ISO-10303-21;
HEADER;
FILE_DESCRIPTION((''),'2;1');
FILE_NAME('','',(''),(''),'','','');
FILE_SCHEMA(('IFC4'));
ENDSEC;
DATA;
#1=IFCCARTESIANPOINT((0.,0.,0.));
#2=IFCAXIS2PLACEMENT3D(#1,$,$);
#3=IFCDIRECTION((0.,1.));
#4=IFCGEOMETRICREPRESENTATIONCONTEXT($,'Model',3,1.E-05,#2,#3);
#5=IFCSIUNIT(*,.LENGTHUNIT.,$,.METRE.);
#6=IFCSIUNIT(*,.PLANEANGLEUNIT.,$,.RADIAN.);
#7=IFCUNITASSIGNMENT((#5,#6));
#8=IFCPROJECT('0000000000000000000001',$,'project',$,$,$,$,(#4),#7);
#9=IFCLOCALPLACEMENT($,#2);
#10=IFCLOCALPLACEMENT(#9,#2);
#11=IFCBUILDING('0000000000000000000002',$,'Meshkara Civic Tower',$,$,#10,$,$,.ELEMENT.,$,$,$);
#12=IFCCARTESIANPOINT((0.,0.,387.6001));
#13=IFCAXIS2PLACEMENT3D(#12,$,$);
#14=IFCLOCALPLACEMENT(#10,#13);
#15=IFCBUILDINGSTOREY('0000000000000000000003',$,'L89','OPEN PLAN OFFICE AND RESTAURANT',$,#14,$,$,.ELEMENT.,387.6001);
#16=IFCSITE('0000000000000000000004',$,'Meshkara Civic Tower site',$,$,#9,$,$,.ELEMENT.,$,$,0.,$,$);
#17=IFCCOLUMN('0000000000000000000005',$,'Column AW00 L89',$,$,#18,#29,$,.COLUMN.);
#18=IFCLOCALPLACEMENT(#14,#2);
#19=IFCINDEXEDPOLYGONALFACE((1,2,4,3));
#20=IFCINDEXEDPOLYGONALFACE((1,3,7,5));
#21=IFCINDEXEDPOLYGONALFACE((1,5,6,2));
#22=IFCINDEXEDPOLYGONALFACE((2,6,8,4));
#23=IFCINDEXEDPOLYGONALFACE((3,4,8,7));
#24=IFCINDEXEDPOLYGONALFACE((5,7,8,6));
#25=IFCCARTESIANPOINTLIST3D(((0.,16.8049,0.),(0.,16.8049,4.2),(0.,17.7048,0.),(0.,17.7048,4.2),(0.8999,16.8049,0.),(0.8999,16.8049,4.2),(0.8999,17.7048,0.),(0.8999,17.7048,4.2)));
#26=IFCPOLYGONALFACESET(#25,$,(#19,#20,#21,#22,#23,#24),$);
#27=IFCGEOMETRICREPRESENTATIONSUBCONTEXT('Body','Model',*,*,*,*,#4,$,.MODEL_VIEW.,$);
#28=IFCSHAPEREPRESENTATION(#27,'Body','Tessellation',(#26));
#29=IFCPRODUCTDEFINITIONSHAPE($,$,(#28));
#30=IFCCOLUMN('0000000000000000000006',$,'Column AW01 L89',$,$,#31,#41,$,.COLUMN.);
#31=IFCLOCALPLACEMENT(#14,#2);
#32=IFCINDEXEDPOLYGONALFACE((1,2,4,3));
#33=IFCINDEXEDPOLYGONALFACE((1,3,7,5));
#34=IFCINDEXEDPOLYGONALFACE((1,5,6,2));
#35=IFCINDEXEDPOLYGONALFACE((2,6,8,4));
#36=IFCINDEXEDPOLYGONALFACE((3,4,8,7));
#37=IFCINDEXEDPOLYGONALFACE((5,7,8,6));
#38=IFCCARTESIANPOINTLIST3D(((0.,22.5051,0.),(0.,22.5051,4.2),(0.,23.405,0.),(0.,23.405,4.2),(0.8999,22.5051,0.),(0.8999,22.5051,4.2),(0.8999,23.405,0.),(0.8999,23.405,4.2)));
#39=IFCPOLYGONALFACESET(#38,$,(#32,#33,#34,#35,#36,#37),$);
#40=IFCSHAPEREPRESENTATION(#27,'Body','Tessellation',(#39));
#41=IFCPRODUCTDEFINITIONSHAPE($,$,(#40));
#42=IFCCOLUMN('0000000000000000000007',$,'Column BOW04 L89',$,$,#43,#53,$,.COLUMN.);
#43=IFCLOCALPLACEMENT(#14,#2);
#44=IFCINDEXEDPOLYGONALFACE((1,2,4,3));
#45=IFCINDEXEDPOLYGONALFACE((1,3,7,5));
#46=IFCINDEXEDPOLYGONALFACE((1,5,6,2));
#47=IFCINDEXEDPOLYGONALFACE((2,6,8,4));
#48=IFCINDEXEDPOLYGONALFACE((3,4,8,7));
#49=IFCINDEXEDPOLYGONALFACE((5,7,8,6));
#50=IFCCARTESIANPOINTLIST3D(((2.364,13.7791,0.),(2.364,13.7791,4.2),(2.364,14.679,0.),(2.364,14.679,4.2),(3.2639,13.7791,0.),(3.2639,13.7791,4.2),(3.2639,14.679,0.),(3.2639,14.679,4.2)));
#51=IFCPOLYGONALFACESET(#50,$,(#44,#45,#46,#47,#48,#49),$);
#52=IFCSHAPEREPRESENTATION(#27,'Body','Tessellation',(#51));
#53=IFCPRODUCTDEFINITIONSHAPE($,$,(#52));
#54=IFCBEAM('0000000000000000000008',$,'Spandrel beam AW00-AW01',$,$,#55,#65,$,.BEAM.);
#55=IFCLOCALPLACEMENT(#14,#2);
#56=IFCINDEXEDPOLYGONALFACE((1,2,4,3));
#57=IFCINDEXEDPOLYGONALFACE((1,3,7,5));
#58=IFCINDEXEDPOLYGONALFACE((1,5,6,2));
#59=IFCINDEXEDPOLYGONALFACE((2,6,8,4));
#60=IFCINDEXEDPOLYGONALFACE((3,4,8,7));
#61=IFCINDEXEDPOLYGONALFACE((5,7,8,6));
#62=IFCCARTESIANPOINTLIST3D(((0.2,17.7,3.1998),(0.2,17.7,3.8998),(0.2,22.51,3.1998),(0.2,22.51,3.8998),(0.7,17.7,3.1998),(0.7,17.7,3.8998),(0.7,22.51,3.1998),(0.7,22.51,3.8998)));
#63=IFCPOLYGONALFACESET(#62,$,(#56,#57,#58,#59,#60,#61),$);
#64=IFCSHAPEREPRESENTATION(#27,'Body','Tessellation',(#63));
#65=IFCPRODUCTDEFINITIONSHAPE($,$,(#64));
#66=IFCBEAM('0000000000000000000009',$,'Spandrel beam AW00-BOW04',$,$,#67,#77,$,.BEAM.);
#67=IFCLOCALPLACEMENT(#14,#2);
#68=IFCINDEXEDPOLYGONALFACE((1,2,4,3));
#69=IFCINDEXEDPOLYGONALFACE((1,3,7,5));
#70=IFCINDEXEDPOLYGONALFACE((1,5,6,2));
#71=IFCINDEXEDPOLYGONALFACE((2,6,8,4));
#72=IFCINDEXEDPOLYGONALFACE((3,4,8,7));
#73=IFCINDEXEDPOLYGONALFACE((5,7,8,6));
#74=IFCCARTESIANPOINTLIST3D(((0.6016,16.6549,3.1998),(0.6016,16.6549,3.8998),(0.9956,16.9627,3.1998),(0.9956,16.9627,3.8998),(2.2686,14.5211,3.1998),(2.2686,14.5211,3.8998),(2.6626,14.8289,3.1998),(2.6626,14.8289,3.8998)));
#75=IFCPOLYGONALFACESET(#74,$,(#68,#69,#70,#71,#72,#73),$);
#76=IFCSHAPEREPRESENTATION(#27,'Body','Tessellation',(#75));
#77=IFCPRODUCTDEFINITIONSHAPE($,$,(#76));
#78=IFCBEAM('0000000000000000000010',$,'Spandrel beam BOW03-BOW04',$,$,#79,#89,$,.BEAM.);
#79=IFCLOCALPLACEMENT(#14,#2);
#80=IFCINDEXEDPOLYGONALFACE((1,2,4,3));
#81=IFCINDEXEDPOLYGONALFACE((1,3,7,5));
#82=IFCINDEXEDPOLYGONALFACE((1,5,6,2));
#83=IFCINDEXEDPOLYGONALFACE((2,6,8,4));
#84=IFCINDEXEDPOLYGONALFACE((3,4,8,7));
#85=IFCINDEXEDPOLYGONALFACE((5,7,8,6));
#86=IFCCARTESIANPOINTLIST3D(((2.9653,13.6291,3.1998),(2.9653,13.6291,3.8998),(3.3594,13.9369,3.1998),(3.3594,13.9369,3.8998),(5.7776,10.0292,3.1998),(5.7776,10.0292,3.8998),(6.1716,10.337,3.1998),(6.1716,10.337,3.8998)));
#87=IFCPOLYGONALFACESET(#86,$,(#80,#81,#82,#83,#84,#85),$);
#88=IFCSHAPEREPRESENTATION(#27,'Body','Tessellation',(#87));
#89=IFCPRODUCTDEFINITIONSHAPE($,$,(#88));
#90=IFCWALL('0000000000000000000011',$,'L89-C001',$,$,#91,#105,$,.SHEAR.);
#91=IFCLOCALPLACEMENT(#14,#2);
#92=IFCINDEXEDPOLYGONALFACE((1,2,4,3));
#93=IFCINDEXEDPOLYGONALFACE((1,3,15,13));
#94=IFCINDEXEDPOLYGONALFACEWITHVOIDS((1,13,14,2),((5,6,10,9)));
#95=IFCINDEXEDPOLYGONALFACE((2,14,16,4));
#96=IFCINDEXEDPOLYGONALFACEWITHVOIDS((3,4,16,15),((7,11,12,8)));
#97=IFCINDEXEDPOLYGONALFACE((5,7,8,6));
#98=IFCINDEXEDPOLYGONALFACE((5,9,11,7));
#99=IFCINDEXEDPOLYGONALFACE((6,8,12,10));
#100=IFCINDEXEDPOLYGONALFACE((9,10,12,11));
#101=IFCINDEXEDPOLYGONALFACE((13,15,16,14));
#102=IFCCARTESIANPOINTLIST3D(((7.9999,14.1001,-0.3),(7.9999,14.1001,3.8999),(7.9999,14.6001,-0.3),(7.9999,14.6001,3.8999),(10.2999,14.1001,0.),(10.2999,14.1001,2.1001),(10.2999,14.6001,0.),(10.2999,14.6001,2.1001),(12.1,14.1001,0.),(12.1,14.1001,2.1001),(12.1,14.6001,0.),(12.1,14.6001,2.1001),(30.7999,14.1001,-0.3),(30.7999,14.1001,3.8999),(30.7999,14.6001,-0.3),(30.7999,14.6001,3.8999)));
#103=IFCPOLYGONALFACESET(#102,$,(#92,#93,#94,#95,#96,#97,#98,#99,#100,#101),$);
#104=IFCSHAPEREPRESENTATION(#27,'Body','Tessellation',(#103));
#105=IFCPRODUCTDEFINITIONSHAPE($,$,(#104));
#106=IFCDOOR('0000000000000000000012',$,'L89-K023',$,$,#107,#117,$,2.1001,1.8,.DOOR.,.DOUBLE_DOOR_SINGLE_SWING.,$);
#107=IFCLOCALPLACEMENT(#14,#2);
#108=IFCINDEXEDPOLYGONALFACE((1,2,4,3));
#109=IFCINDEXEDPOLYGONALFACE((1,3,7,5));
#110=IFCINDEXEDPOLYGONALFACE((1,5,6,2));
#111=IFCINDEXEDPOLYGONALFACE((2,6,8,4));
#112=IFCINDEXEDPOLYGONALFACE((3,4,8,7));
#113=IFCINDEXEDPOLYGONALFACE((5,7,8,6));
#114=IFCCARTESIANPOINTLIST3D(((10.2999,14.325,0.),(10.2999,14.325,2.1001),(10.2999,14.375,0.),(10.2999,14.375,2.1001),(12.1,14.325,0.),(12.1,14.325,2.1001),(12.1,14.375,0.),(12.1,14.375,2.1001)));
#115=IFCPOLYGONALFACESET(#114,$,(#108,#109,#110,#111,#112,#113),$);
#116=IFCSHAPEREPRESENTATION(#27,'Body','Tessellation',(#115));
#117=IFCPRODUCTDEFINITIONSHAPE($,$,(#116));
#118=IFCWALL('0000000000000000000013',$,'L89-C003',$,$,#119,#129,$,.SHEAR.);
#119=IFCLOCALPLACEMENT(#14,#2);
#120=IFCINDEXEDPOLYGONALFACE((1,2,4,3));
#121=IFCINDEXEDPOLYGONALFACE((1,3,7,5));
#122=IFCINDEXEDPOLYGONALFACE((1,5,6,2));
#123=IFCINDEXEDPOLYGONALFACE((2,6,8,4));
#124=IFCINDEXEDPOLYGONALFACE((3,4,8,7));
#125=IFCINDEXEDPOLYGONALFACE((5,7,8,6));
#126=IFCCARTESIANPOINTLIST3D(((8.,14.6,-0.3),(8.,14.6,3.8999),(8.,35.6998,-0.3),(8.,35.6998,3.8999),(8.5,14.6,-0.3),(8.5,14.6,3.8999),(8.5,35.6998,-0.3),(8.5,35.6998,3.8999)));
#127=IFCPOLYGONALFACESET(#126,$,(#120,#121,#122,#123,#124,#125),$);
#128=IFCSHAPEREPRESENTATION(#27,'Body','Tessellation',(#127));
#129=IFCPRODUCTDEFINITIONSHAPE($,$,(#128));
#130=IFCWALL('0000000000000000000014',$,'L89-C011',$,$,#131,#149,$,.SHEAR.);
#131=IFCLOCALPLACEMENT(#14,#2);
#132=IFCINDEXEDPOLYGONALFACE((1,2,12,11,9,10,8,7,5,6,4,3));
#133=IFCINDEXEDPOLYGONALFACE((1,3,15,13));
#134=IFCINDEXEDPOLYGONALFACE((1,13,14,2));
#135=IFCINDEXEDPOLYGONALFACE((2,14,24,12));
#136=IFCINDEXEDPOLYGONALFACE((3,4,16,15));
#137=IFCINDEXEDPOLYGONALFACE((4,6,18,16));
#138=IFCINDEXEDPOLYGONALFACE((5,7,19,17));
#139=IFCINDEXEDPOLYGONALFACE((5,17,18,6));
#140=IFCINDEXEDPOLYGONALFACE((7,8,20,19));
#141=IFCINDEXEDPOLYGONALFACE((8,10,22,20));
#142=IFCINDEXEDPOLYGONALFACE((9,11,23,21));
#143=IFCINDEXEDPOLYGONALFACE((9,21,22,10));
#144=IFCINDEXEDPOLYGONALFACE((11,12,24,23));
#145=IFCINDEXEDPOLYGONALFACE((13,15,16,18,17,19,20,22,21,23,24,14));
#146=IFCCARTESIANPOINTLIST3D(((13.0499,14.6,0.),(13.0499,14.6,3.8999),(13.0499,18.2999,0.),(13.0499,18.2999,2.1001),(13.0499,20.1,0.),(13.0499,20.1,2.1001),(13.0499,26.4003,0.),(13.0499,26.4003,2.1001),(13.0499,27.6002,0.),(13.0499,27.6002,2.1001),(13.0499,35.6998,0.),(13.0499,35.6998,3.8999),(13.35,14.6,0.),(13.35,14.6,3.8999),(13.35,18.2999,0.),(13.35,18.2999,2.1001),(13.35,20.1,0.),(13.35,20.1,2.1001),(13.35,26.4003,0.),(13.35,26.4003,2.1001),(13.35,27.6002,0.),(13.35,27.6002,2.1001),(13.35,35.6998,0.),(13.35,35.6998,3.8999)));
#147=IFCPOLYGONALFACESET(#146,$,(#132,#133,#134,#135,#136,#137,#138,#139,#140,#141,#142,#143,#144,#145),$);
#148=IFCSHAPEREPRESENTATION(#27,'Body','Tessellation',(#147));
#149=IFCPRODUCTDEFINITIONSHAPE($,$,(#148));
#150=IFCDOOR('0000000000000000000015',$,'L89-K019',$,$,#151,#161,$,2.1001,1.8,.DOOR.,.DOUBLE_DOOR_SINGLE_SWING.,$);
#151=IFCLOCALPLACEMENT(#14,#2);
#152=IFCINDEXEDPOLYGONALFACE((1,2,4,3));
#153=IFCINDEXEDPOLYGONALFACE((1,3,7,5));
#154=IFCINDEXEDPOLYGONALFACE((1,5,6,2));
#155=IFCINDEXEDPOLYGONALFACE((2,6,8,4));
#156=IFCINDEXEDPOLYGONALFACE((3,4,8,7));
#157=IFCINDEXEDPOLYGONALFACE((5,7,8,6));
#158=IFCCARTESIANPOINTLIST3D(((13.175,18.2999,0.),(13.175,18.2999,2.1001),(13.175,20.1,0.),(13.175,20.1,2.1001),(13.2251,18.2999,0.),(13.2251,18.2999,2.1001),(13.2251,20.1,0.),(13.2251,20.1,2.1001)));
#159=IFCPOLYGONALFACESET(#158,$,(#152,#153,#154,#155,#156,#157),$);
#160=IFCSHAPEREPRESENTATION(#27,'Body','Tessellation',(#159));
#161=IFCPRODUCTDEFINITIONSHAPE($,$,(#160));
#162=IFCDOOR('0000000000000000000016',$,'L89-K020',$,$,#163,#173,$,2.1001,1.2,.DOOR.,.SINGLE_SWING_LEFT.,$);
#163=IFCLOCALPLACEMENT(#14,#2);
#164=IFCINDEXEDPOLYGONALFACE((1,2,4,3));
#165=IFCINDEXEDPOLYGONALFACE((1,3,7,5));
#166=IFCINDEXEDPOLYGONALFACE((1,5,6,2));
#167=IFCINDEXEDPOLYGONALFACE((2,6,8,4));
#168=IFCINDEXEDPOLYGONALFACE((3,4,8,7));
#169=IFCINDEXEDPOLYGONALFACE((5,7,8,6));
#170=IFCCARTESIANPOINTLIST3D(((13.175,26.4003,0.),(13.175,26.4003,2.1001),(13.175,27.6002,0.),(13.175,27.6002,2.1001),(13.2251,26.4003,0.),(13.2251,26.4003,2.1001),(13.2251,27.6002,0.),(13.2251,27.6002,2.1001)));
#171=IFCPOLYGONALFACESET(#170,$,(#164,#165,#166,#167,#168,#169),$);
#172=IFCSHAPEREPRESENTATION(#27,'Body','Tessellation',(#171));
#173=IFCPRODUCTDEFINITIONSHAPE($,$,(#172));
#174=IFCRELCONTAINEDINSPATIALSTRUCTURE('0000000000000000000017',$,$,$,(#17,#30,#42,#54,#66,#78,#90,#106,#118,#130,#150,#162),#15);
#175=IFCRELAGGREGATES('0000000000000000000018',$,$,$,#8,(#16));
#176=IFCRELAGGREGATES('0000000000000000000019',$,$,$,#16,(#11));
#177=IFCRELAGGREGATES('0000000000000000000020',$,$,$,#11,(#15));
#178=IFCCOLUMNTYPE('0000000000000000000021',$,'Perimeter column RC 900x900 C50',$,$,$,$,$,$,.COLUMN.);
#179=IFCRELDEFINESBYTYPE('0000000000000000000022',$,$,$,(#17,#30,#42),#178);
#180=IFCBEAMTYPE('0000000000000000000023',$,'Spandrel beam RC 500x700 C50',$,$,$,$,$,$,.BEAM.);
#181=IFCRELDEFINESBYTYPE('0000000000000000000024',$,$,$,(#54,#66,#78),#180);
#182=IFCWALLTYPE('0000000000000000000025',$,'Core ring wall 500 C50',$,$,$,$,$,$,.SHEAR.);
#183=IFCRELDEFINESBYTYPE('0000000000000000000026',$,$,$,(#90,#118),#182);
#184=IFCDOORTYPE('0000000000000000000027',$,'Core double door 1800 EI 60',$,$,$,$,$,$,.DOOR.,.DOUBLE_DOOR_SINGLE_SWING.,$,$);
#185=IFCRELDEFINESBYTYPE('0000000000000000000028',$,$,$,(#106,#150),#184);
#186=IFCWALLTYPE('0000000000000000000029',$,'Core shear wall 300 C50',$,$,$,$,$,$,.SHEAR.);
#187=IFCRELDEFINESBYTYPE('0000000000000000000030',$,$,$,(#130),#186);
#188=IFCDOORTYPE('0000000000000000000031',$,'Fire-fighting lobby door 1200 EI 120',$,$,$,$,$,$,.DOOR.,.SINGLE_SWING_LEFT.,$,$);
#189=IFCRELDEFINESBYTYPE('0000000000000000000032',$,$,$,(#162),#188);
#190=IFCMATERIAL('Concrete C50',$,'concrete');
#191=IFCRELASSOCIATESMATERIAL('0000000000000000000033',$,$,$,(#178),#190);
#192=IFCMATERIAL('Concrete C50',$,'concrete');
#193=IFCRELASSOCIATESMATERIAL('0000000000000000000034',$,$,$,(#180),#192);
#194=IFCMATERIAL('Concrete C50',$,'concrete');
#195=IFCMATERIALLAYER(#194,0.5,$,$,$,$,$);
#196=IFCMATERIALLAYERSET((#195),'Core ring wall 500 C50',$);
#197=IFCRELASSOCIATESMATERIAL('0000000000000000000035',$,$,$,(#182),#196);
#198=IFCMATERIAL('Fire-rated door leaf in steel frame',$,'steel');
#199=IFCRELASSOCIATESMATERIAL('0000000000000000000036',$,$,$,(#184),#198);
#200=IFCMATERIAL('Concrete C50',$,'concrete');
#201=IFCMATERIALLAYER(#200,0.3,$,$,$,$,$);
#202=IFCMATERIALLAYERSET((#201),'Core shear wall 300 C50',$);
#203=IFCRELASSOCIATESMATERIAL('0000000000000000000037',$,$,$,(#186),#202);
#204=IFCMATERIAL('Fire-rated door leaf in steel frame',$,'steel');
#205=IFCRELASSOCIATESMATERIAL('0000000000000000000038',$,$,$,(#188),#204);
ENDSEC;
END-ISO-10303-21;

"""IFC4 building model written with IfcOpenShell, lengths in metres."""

from ifc_helpers import new_model, si_unit, direction, frame, frame_2d, origin, origin_2d, place, context, subcontext, project, spatial, rectangle, extrude, material, layer, layer_set, material_profile, profile_set, type_object, element, fill, save


model = new_model("IFC4")

# Units and contexts
model_context = context("Model", 3, precision=1e-05, world=origin(), true_north=direction((0.0, 1.0)))
body_context = subcontext(model_context, "Body", "Model", "MODEL_VIEW")
ifc_project = project(units=[si_unit("LENGTHUNIT", "METRE"), si_unit("PLANEANGLEUNIT", "RADIAN")], contexts=[model_context])

# Site, building, storey
site_placement = place(None, origin())
site = spatial("IfcSite", under=ifc_project, at=site_placement, Name="Meshkara Civic Tower site", CompositionType="ELEMENT", RefElevation=0.0)
building_placement = place(site_placement, origin())
building = spatial("IfcBuilding", under=site, at=building_placement, Name="Meshkara Civic Tower", CompositionType="ELEMENT")
storey_placement = place(building_placement, frame((0.0, 0.0, 387.6001)))
storey = spatial("IfcBuildingStorey", under=building, at=storey_placement, Name="L89", Description="OPEN PLAN OFFICE AND RESTAURANT", CompositionType="ELEMENT", Elevation=387.6001)

# Columns
ifc_material_1 = material(Name="Concrete C50", Category="concrete")
ifc_material_profile_1 = material_profile(ifc_material_1, rectangle(XDim=0.8999, YDim=0.8999, at=origin_2d()))
ifc_profile_set_1 = profile_set([ifc_material_profile_1], Name="Concrete C50")
column_type = type_object("IfcColumnType", Name="Perimeter column RC 900x900 C50", PredefinedType="COLUMN", material=ifc_profile_set_1)
for number, where, z_axis, x_axis, name in (
    (1, (0.45, 17.2549, 0.0), (0.0, 0.0, 1.0), (1.0, 0.0, 0.0), "Column AW00 L89"),
    (2, (0.45, 22.9551, 0.0), (0.0, 0.0, 1.0), (1.0, 0.0, 0.0), "Column AW01 L89"),
    (3, (2.814, 14.229, 0.0), (0.0, 0.0, 1.0), (1.0, 0.0, 0.0), "Column BOW04 L89"),
):
    element("IfcColumn", number, at=place(storey_placement, frame(where, z_axis=z_axis, x_axis=x_axis)), inside=storey, type_object=column_type, Name=name, PredefinedType="COLUMN", context=body_context, shape_type="SweptSolid", body=[
        extrude(rectangle(XDim=0.8999, YDim=0.8999, at=origin_2d()), origin(), (0.0, 0.0, 1.0), 4.2),
    ])

# Beams
ifc_material_2 = material(Name="Concrete C50", Category="concrete")
ifc_material_profile_2 = material_profile(ifc_material_2, rectangle(XDim=0.5, YDim=0.7, at=origin_2d()))
ifc_profile_set_2 = profile_set([ifc_material_profile_2], Name="Concrete C50")
beam_type = type_object("IfcBeamType", Name="Spandrel beam RC 500x700 C50", PredefinedType="BEAM", material=ifc_profile_set_2)
beam_1_placement = place(storey_placement, frame((0.45, 22.51, 3.5498), z_axis=(0.0, -1.0, 0.0), x_axis=(1.0, 0.0, 0.0)))
element("IfcBeam", 4, at=beam_1_placement, inside=storey, type_object=beam_type, Name="Spandrel beam AW00-AW01", PredefinedType="BEAM", context=body_context, shape_type="SweptSolid", body=[
    extrude(rectangle(XDim=0.5, YDim=0.7, at=origin_2d()), origin(), (0.0, 0.0, 1.0), 4.8101),
])
beam_2_placement = place(storey_placement, frame((0.7986, 16.8088, 3.5498), z_axis=(0.615637, -0.78803, 0.0), x_axis=(0.78803, 0.615637, 0.0)))
element("IfcBeam", 5, at=beam_2_placement, inside=storey, type_object=beam_type, Name="Spandrel beam AW00-BOW04", PredefinedType="BEAM", context=body_context, shape_type="SweptSolid", body=[
    extrude(rectangle(XDim=0.5, YDim=0.7, at=origin_2d()), origin(), (0.0, 0.0, 1.0), 2.7078),
])
beam_3_placement = place(storey_placement, frame((3.1624, 13.783, 3.5498), z_axis=(0.615626, -0.788038, 0.0), x_axis=(0.788038, 0.615626, 0.0)))
element("IfcBeam", 6, at=beam_3_placement, inside=storey, type_object=beam_type, Name="Spandrel beam BOW03-BOW04", PredefinedType="BEAM", context=body_context, shape_type="SweptSolid", body=[
    extrude(rectangle(XDim=0.5, YDim=0.7, at=origin_2d()), origin(), (0.0, 0.0, 1.0), 4.5681),
])

# Wall, opening, door
ifc_material_3 = material(Name="Concrete C50", Category="concrete")
ifc_layer_1 = layer(ifc_material_3, 0.5)
ifc_layer_set_1 = layer_set([ifc_layer_1], Name="Core ring wall 500 C50")
wall_type_1 = type_object("IfcWallType", Name="Core ring wall 500 C50", PredefinedType="SHEAR", material=ifc_layer_set_1)
wall_1_placement = place(storey_placement, frame((8.0, 14.3501, -0.3), z_axis=(0.0, 0.0, 1.0), x_axis=(1.0, 0.0, 0.0)))
wall_1 = element("IfcWall", 7, at=wall_1_placement, inside=storey, type_object=wall_type_1, Name="L89-C001", PredefinedType="SHEAR", context=body_context, shape_type="SweptSolid", body=[
    extrude(rectangle(XDim=22.8, YDim=0.5, at=frame_2d((11.3999, 0.0))), origin(), (0.0, 0.0, 1.0), 4.2),
])
opening_1_placement = place(wall_1_placement, frame((2.3, 0.0, 0.3)))
opening_1 = element("IfcOpeningElement", 8, at=opening_1_placement, cuts=wall_1, PredefinedType="OPENING", context=body_context, shape_type="SweptSolid", body=[
    extrude(rectangle(XDim=1.8, YDim=2.1001, at=frame_2d((0.8999, 1.05))), frame((0.0, 0.26, 0.0), z_axis=(0.0, -1.0, 0.0), x_axis=(1.0, 0.0, 0.0)), (0.0, 0.0, 1.0), 0.52),
])
ifc_material_4 = material(Name="Fire-rated door leaf in steel frame", Category="steel")
door_type_1 = type_object("IfcDoorType", Name="Core double door 1800 EI 60", OperationType="DOUBLE_DOOR_SINGLE_SWING", PredefinedType="DOOR", material=ifc_material_4)
door_1_placement = place(opening_1_placement, origin())
door_1 = element("IfcDoor", 9, at=door_1_placement, inside=storey, type_object=door_type_1, Name="L89-K023", OperationType="DOUBLE_DOOR_SINGLE_SWING", OverallHeight=2.1001, OverallWidth=1.8, PredefinedType="DOOR", context=body_context, shape_type="SweptSolid", body=[
    extrude(rectangle(XDim=1.8, YDim=2.1001, at=frame_2d((0.8999, 1.05))), frame((0.0, 0.0249, 0.0), z_axis=(0.0, -1.0, 0.0), x_axis=(1.0, 0.0, 0.0)), (0.0, 0.0, 1.0), 0.05),
])
fill(opening_1, door_1)

# Wall
wall_2_placement = place(storey_placement, frame((8.25, 14.6001, -0.3), z_axis=(0.0, 0.0, 1.0), x_axis=(0.0, 1.0, 0.0)))
element("IfcWall", 10, at=wall_2_placement, inside=storey, type_object=wall_type_1, Name="L89-C003", PredefinedType="SHEAR", context=body_context, shape_type="SweptSolid", body=[
    extrude(rectangle(XDim=21.0999, YDim=0.5, at=frame_2d((10.5498, 0.0))), origin(), (0.0, 0.0, 1.0), 4.2),
])

# Wall, openings, doors
ifc_material_5 = material(Name="Concrete C50", Category="concrete")
ifc_layer_2 = layer(ifc_material_5, 0.3)
ifc_layer_set_2 = layer_set([ifc_layer_2], Name="Core shear wall 300 C50")
wall_type_2 = type_object("IfcWallType", Name="Core shear wall 300 C50", PredefinedType="SHEAR", material=ifc_layer_set_2)
wall_3_placement = place(storey_placement, frame((13.2, 14.6001, 0.0), z_axis=(0.0, 0.0, 1.0), x_axis=(0.0, 1.0, 0.0)))
wall_3 = element("IfcWall", 11, at=wall_3_placement, inside=storey, type_object=wall_type_2, Name="L89-C011", PredefinedType="SHEAR", context=body_context, shape_type="SweptSolid", body=[
    extrude(rectangle(XDim=21.0999, YDim=0.3, at=frame_2d((10.5498, 0.0))), origin(), (0.0, 0.0, 1.0), 3.8999),
])
opening_2_placement = place(wall_3_placement, frame((3.7, 0.0, 0.0)))
opening_2 = element("IfcOpeningElement", 12, at=opening_2_placement, cuts=wall_3, PredefinedType="OPENING", context=body_context, shape_type="SweptSolid", body=[
    extrude(rectangle(XDim=1.8, YDim=2.1001, at=frame_2d((0.8999, 1.05))), frame((0.0, 0.1599, 0.0), z_axis=(0.0, -1.0, 0.0), x_axis=(1.0, 0.0, 0.0)), (0.0, 0.0, 1.0), 0.3201),
])
opening_3_placement = place(wall_3_placement, frame((11.8, 0.0, 0.0)))
opening_3 = element("IfcOpeningElement", 13, at=opening_3_placement, cuts=wall_3, PredefinedType="OPENING", context=body_context, shape_type="SweptSolid", body=[
    extrude(rectangle(XDim=1.2, YDim=2.1001, at=frame_2d((0.6001, 1.05))), frame((0.0, 0.1599, 0.0), z_axis=(0.0, -1.0, 0.0), x_axis=(1.0, 0.0, 0.0)), (0.0, 0.0, 1.0), 0.3201),
])
door_2_placement = place(opening_2_placement, origin())
door_2 = element("IfcDoor", 14, at=door_2_placement, inside=storey, type_object=door_type_1, Name="L89-K019", OperationType="DOUBLE_DOOR_SINGLE_SWING", OverallHeight=2.1001, OverallWidth=1.8, PredefinedType="DOOR", context=body_context, shape_type="SweptSolid", body=[
    extrude(rectangle(XDim=1.8, YDim=2.1001, at=frame_2d((0.8999, 1.05))), frame((0.0, 0.0249, 0.0), z_axis=(0.0, -1.0, 0.0), x_axis=(1.0, 0.0, 0.0)), (0.0, 0.0, 1.0), 0.05),
])
fill(opening_2, door_2)
ifc_material_6 = material(Name="Fire-rated door leaf in steel frame", Category="steel")
door_type_2 = type_object("IfcDoorType", Name="Fire-fighting lobby door 1200 EI 120", OperationType="SINGLE_SWING_LEFT", PredefinedType="DOOR", material=ifc_material_6)
door_3_placement = place(opening_3_placement, origin())
door_3 = element("IfcDoor", 15, at=door_3_placement, inside=storey, type_object=door_type_2, Name="L89-K020", OperationType="SINGLE_SWING_LEFT", OverallHeight=2.1001, OverallWidth=1.2, PredefinedType="DOOR", context=body_context, shape_type="SweptSolid", body=[
    extrude(rectangle(XDim=1.2, YDim=2.1001, at=frame_2d((0.6001, 1.05))), frame((0.0, 0.0249, 0.0), z_axis=(0.0, -1.0, 0.0), x_axis=(1.0, 0.0, 0.0)), (0.0, 0.0, 1.0), 0.05),
])
fill(opening_3, door_3)

save(model, "model.ifc")
